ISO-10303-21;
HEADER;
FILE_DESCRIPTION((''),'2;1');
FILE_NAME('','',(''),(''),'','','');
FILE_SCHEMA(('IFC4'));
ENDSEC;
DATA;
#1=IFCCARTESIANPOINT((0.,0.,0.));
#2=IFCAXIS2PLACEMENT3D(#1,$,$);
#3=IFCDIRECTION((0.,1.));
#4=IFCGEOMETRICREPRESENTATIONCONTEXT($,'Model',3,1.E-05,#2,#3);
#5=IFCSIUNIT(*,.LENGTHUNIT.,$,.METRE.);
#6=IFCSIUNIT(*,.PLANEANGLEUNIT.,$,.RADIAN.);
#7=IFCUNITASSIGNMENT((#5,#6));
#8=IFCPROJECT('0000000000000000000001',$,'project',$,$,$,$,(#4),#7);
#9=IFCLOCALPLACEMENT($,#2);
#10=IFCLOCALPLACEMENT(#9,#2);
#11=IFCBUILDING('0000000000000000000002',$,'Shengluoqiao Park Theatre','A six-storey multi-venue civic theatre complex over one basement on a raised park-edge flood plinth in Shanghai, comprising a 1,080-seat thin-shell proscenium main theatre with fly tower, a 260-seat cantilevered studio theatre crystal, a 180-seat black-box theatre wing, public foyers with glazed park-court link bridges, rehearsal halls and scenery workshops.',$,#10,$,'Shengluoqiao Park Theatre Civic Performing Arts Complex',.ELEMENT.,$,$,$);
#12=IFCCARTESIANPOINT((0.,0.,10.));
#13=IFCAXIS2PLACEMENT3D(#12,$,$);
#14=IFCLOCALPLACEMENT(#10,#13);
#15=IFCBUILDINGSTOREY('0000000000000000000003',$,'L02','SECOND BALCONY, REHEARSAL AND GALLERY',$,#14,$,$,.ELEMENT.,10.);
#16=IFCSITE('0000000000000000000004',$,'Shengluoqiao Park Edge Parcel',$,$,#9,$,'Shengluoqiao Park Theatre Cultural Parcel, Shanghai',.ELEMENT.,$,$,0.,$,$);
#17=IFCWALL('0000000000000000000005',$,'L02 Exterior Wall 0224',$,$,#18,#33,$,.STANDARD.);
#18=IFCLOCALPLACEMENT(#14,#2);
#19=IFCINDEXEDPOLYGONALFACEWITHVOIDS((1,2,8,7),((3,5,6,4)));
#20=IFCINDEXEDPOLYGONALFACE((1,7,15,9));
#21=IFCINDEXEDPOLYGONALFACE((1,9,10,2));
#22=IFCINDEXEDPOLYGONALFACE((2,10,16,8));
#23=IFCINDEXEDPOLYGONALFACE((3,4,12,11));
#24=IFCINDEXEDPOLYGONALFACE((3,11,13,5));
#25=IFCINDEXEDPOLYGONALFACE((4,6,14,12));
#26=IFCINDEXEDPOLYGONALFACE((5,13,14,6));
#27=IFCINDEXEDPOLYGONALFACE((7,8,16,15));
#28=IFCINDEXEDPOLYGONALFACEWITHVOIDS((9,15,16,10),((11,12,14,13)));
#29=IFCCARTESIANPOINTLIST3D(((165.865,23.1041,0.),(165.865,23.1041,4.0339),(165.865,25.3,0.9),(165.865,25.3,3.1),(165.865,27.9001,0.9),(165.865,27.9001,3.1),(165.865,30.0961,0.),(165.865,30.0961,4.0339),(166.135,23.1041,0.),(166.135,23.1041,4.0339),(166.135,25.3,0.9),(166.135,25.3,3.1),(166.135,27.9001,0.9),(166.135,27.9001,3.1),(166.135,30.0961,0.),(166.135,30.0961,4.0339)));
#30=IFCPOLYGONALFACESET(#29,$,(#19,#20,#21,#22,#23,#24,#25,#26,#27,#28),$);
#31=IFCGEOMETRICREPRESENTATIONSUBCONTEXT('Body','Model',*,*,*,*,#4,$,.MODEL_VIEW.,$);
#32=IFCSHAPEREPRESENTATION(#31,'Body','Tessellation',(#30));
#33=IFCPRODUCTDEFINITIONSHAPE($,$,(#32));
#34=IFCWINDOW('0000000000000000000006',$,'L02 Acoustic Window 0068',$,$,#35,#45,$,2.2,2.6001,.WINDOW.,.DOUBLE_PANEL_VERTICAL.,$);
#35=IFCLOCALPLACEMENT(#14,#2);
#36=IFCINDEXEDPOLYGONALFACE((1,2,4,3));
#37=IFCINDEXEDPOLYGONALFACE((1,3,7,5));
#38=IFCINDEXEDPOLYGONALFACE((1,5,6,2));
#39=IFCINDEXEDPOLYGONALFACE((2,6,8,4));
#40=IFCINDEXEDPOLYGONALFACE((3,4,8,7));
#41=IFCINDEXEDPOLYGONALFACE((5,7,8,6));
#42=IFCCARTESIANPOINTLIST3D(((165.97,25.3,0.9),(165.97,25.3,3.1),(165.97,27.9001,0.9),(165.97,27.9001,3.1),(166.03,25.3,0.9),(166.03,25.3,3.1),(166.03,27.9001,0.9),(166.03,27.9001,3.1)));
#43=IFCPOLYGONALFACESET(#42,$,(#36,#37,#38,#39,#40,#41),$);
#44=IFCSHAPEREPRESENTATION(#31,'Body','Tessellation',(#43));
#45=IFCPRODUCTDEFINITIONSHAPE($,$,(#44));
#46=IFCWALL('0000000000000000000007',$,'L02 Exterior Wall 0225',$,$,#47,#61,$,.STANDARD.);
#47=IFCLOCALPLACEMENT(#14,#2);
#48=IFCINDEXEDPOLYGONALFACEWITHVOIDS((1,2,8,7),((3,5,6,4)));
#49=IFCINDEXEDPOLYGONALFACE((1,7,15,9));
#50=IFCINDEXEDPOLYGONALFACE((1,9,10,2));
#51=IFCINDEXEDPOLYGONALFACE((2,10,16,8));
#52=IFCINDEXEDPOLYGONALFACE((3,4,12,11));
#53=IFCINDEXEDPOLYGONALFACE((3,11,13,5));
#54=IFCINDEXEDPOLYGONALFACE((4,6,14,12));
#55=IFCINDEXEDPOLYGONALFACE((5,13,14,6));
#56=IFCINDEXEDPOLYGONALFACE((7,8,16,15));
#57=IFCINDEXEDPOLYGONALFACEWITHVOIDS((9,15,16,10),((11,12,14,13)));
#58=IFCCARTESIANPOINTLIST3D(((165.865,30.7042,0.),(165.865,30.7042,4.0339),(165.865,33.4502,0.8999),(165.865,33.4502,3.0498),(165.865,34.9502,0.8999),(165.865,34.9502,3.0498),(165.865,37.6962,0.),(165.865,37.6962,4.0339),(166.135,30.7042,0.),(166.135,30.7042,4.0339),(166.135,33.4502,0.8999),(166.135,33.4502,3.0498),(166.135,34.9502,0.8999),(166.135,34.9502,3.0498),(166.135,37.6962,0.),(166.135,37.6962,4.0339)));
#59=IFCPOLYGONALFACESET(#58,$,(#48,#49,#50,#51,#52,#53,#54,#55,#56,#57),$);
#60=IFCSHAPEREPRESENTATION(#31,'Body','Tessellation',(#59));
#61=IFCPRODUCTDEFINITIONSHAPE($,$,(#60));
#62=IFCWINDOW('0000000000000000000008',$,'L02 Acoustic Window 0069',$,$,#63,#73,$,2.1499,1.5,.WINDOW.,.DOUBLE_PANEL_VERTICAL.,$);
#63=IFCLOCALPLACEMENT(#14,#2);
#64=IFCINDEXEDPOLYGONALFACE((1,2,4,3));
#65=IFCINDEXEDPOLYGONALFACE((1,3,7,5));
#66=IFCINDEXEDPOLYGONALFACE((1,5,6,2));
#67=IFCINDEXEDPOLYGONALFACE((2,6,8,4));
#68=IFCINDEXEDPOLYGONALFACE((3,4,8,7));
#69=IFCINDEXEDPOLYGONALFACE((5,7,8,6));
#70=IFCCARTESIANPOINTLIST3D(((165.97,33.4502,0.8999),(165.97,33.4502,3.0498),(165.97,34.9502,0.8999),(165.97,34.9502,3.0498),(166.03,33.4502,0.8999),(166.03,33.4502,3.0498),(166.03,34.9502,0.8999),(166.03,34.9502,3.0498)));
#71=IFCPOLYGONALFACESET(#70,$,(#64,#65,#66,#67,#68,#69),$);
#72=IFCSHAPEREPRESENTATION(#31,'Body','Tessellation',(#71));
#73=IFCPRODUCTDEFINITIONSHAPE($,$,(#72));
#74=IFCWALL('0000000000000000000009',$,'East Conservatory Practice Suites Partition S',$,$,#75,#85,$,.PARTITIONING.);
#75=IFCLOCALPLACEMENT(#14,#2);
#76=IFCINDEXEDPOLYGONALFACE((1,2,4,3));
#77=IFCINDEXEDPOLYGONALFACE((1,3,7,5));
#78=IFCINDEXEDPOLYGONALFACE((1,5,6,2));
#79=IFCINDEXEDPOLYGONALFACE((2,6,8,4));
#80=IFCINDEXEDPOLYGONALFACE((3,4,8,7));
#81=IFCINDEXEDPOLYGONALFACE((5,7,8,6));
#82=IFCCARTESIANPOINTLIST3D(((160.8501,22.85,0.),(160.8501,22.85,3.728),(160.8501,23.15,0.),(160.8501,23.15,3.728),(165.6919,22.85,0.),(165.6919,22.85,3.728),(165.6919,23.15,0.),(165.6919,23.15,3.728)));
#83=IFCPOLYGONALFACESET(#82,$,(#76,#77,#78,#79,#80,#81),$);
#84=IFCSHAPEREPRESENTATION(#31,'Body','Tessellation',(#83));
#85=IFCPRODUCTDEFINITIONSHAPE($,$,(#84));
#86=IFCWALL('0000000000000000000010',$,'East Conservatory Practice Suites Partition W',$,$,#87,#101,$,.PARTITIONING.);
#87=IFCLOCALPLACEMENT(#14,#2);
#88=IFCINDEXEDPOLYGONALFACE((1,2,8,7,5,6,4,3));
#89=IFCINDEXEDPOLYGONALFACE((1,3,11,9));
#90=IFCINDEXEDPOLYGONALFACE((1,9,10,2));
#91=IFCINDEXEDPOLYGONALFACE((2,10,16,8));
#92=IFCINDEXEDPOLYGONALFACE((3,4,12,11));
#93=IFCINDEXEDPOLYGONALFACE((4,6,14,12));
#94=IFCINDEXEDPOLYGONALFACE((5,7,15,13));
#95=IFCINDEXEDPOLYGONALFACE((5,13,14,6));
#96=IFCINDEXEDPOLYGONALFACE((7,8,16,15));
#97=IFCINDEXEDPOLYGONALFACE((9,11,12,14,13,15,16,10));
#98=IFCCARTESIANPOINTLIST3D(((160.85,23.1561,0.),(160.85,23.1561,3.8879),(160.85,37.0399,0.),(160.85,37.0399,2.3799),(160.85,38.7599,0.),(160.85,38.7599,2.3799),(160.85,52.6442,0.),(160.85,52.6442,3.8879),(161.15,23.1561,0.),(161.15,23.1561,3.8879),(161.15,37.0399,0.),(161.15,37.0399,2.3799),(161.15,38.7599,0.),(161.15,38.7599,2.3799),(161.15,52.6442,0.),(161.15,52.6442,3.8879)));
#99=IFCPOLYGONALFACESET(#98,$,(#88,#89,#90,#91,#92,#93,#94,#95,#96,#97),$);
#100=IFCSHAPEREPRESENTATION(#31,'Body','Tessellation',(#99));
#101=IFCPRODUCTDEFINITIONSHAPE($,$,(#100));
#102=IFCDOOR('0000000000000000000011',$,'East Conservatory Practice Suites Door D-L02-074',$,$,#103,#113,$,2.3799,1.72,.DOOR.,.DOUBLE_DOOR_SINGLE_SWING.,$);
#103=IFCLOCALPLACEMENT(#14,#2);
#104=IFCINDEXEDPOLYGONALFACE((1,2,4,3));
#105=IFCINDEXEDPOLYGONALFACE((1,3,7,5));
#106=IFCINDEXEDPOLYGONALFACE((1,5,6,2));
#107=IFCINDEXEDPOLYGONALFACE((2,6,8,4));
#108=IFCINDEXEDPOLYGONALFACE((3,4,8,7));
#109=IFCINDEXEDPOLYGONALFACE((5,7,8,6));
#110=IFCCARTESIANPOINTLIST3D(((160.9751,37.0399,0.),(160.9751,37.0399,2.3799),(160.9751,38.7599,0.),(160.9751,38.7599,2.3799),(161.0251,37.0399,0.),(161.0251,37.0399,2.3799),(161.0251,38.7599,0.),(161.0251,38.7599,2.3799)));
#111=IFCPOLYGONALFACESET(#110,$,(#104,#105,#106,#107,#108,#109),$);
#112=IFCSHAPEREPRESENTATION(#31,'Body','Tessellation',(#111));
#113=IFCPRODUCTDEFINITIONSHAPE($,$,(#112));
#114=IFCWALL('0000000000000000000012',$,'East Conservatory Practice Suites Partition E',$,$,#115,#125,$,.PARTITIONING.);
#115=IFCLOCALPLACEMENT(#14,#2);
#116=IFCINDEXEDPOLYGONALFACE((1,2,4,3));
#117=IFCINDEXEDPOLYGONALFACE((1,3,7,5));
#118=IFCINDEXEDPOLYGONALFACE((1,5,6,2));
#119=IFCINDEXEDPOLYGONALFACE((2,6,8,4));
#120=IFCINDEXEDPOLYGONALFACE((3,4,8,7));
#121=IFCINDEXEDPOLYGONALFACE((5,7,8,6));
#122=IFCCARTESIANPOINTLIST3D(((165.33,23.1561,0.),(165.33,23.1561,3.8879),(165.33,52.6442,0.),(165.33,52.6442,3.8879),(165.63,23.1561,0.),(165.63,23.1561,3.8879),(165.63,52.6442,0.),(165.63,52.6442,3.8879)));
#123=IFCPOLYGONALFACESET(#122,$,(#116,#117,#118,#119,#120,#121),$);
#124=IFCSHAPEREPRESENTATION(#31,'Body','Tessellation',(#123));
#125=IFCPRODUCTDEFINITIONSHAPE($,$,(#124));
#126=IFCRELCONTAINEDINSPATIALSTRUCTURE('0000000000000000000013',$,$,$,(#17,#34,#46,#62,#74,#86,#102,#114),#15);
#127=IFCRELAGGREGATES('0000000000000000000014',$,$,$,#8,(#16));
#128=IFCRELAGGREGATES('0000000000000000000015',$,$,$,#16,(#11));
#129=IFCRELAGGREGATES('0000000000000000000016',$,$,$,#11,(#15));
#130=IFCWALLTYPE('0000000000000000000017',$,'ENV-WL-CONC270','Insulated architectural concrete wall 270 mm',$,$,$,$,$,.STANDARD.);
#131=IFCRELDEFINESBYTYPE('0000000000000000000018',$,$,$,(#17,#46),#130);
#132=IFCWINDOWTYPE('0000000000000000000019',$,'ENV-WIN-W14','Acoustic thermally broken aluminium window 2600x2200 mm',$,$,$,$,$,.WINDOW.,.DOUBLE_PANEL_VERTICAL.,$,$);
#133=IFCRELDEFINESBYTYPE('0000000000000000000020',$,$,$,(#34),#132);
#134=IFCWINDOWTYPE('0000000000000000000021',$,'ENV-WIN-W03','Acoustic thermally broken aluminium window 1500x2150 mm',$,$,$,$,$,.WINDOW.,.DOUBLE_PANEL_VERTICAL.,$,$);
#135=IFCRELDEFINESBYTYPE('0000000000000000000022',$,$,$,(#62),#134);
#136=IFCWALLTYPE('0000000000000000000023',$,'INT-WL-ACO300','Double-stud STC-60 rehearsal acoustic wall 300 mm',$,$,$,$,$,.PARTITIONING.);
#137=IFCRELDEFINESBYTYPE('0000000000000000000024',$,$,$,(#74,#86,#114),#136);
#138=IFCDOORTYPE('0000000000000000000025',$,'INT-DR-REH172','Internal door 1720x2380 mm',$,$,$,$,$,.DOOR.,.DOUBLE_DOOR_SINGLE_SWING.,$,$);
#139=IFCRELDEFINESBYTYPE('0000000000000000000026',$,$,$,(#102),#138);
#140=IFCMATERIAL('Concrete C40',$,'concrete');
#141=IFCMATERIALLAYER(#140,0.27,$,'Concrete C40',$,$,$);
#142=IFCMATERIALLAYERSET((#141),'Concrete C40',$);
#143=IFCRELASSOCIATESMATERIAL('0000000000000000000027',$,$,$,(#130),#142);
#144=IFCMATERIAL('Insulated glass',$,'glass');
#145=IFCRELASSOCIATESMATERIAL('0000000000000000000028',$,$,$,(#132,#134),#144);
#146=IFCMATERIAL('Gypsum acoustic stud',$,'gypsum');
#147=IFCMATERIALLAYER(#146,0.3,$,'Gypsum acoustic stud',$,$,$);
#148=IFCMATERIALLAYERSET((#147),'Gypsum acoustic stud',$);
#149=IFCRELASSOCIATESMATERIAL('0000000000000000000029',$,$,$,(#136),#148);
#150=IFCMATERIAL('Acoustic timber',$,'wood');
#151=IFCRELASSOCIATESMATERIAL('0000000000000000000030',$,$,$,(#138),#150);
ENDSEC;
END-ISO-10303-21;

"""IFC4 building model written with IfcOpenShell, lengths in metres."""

from ifc_helpers import new_model, si_unit, direction, frame, frame_2d, origin, place, context, subcontext, project, spatial, rectangle, extrude, material, layer, layer_set, type_object, element, fill, save


model = new_model("IFC4")

# Units and contexts
model_context = context("Model", 3, precision=1e-05, world=origin(), true_north=direction((0.0, 1.0)))
body_context = subcontext(model_context, "Body", "Model", "MODEL_VIEW")
ifc_project = project(units=[si_unit("LENGTHUNIT", "METRE"), si_unit("PLANEANGLEUNIT", "RADIAN")], contexts=[model_context])

# Site, building, storey
site_placement = place(None, origin())
site = spatial("IfcSite", under=ifc_project, at=site_placement, Name="Shengluoqiao Park Edge Parcel", LongName="Shengluoqiao Park Theatre Cultural Parcel, Shanghai", CompositionType="ELEMENT", RefElevation=0.0)
building_placement = place(site_placement, origin())
building = spatial("IfcBuilding", under=site, at=building_placement, Name="Shengluoqiao Park Theatre", Description="A six-storey multi-venue civic theatre complex over one basement on a raised park-edge flood plinth in Shanghai, comprising a 1,080-seat thin-shell proscenium main theatre with fly tower, a 260-seat cantilevered studio theatre crystal, a 180-seat black-box theatre wing, public foyers with glazed park-court link bridges, rehearsal halls and scenery workshops.", LongName="Shengluoqiao Park Theatre Civic Performing Arts Complex", CompositionType="ELEMENT")
storey_placement = place(building_placement, frame((0.0, 0.0, 10.0)))
storey = spatial("IfcBuildingStorey", under=building, at=storey_placement, Name="L02", Description="SECOND BALCONY, REHEARSAL AND GALLERY", CompositionType="ELEMENT", Elevation=10.0)

# Shared definitions
ifc_material_1 = material(Name="Concrete C40", Category="concrete")

# Shared definitions
ifc_material_2 = material(Name="Insulated glass", Category="glass")

# Walls, openings, windows
ifc_layer_1 = layer(ifc_material_1, 0.27, Name="Concrete C40")
ifc_layer_set_1 = layer_set([ifc_layer_1], Name="Concrete C40")
wall_type_1 = type_object("IfcWallType", Name="ENV-WL-CONC270", Description="Insulated architectural concrete wall 270 mm", PredefinedType="STANDARD", material=ifc_layer_set_1)
wall_1_placement = place(storey_placement, frame((166.0, 23.104, 0.0), z_axis=(0.0, 0.0, 1.0), x_axis=(0.0, 1.0, 0.0)))
wall_1 = element("IfcWall", 1, at=wall_1_placement, inside=storey, type_object=wall_type_1, Name="L02 Exterior Wall 0224", PredefinedType="STANDARD", context=body_context, shape_type="SweptSolid", body=[
    extrude(rectangle(XDim=6.9919, YDim=0.27, at=frame_2d((3.4961, 0.0))), origin(), (0.0, 0.0, 1.0), 4.0339),
])
opening_1_placement = place(wall_1_placement, frame((2.196, 0.0, 0.8999)))
opening_1 = element("IfcOpeningElement", 2, at=opening_1_placement, cuts=wall_1, PredefinedType="OPENING", context=body_context, shape_type="SweptSolid", body=[
    extrude(rectangle(XDim=2.6001, YDim=2.2, at=frame_2d((1.3, 1.1001))), frame((0.0, 0.145, 0.0), z_axis=(0.0, -1.0, 0.0), x_axis=(1.0, 0.0, 0.0)), (0.0, 0.0, 1.0), 0.29),
])
window_type_1 = type_object("IfcWindowType", Name="ENV-WIN-W14", Description="Acoustic thermally broken aluminium window 2600x2200 mm", PartitioningType="DOUBLE_PANEL_VERTICAL", PredefinedType="WINDOW", material=ifc_material_2)
window_1_placement = place(opening_1_placement, origin())
window_1 = element("IfcWindow", 3, at=window_1_placement, inside=storey, type_object=window_type_1, Name="L02 Acoustic Window 0068", OverallHeight=2.2, OverallWidth=2.6001, PartitioningType="DOUBLE_PANEL_VERTICAL", PredefinedType="WINDOW", context=body_context, shape_type="SweptSolid", body=[
    extrude(rectangle(XDim=2.6001, YDim=2.2, at=frame_2d((1.3, 1.1001))), frame((0.0, 0.03, 0.0), z_axis=(0.0, -1.0, 0.0), x_axis=(1.0, 0.0, 0.0)), (0.0, 0.0, 1.0), 0.0601),
])
fill(opening_1, window_1)
wall_2_placement = place(storey_placement, frame((166.0, 30.7041, 0.0), z_axis=(0.0, 0.0, 1.0), x_axis=(0.0, 1.0, 0.0)))
wall_2 = element("IfcWall", 4, at=wall_2_placement, inside=storey, type_object=wall_type_1, Name="L02 Exterior Wall 0225", PredefinedType="STANDARD", context=body_context, shape_type="SweptSolid", body=[
    extrude(rectangle(XDim=6.9919, YDim=0.27, at=frame_2d((3.4961, 0.0))), origin(), (0.0, 0.0, 1.0), 4.0339),
])
opening_2_placement = place(wall_2_placement, frame((2.7461, 0.0, 0.8999)))
opening_2 = element("IfcOpeningElement", 5, at=opening_2_placement, cuts=wall_2, PredefinedType="OPENING", context=body_context, shape_type="SweptSolid", body=[
    extrude(rectangle(XDim=1.5, YDim=2.1499, at=frame_2d((0.75, 1.075))), frame((0.0, 0.145, 0.0), z_axis=(0.0, -1.0, 0.0), x_axis=(1.0, 0.0, 0.0)), (0.0, 0.0, 1.0), 0.29),
])
window_type_2 = type_object("IfcWindowType", Name="ENV-WIN-W03", Description="Acoustic thermally broken aluminium window 1500x2150 mm", PartitioningType="DOUBLE_PANEL_VERTICAL", PredefinedType="WINDOW", material=ifc_material_2)
window_2_placement = place(opening_2_placement, origin())
window_2 = element("IfcWindow", 6, at=window_2_placement, inside=storey, type_object=window_type_2, Name="L02 Acoustic Window 0069", OverallHeight=2.1499, OverallWidth=1.5, PartitioningType="DOUBLE_PANEL_VERTICAL", PredefinedType="WINDOW", context=body_context, shape_type="SweptSolid", body=[
    extrude(rectangle(XDim=1.5, YDim=2.1499, at=frame_2d((0.75, 1.075))), frame((0.0, 0.03, 0.0), z_axis=(0.0, -1.0, 0.0), x_axis=(1.0, 0.0, 0.0)), (0.0, 0.0, 1.0), 0.0601),
])
fill(opening_2, window_2)

# Wall
ifc_material_3 = material(Name="Gypsum acoustic stud", Category="gypsum")
ifc_layer_2 = layer(ifc_material_3, 0.3, Name="Gypsum acoustic stud")
ifc_layer_set_2 = layer_set([ifc_layer_2], Name="Gypsum acoustic stud")
wall_type_2 = type_object("IfcWallType", Name="INT-WL-ACO300", Description="Double-stud STC-60 rehearsal acoustic wall 300 mm", PredefinedType="PARTITIONING", material=ifc_layer_set_2)
wall_3_placement = place(storey_placement, frame((160.8501, 23.0, 0.0), z_axis=(0.0, 0.0, 1.0), x_axis=(1.0, 0.0, 0.0)))
element("IfcWall", 7, at=wall_3_placement, inside=storey, type_object=wall_type_2, Name="East Conservatory Practice Suites Partition S", PredefinedType="PARTITIONING", context=body_context, shape_type="SweptSolid", body=[
    extrude(rectangle(XDim=4.8418, YDim=0.3, at=frame_2d((2.4209, 0.0))), origin(), (0.0, 0.0, 1.0), 3.728),
])

# Wall, opening, door
wall_4_placement = place(storey_placement, frame((161.0, 23.156, 0.0), z_axis=(0.0, 0.0, 1.0), x_axis=(0.0, 1.0, 0.0)))
wall_4 = element("IfcWall", 8, at=wall_4_placement, inside=storey, type_object=wall_type_2, Name="East Conservatory Practice Suites Partition W", PredefinedType="PARTITIONING", context=body_context, shape_type="SweptSolid", body=[
    extrude(rectangle(XDim=29.488, YDim=0.3, at=frame_2d((14.7441, 0.0))), origin(), (0.0, 0.0, 1.0), 3.8879),
])
opening_3_placement = place(wall_4_placement, frame((13.884, 0.0, 0.0)))
opening_3 = element("IfcOpeningElement", 9, at=opening_3_placement, cuts=wall_4, PredefinedType="OPENING", context=body_context, shape_type="SweptSolid", body=[
    extrude(rectangle(XDim=1.72, YDim=2.3799, at=frame_2d((0.8599, 1.1899))), frame((0.0, 0.1599, 0.0), z_axis=(0.0, -1.0, 0.0), x_axis=(1.0, 0.0, 0.0)), (0.0, 0.0, 1.0), 0.3201),
])
ifc_material_4 = material(Name="Acoustic timber", Category="wood")
door_type = type_object("IfcDoorType", Name="INT-DR-REH172", Description="Internal door 1720x2380 mm", OperationType="DOUBLE_DOOR_SINGLE_SWING", PredefinedType="DOOR", material=ifc_material_4)
door_placement = place(opening_3_placement, origin())
door = element("IfcDoor", 10, at=door_placement, inside=storey, type_object=door_type, Name="East Conservatory Practice Suites Door D-L02-074", OperationType="DOUBLE_DOOR_SINGLE_SWING", OverallHeight=2.3799, OverallWidth=1.72, PredefinedType="DOOR", context=body_context, shape_type="SweptSolid", body=[
    extrude(rectangle(XDim=1.72, YDim=2.3799, at=frame_2d((0.8599, 1.1899))), frame((0.0, 0.0249, 0.0), z_axis=(0.0, -1.0, 0.0), x_axis=(1.0, 0.0, 0.0)), (0.0, 0.0, 1.0), 0.05),
])
fill(opening_3, door)

# Wall
wall_5_placement = place(storey_placement, frame((165.48, 23.156, 0.0), z_axis=(0.0, 0.0, 1.0), x_axis=(0.0, 1.0, 0.0)))
element("IfcWall", 11, at=wall_5_placement, inside=storey, type_object=wall_type_2, Name="East Conservatory Practice Suites Partition E", PredefinedType="PARTITIONING", context=body_context, shape_type="SweptSolid", body=[
    extrude(rectangle(XDim=29.488, YDim=0.3, at=frame_2d((14.7441, 0.0))), origin(), (0.0, 0.0, 1.0), 3.8879),
])

save(model, "model.ifc")
